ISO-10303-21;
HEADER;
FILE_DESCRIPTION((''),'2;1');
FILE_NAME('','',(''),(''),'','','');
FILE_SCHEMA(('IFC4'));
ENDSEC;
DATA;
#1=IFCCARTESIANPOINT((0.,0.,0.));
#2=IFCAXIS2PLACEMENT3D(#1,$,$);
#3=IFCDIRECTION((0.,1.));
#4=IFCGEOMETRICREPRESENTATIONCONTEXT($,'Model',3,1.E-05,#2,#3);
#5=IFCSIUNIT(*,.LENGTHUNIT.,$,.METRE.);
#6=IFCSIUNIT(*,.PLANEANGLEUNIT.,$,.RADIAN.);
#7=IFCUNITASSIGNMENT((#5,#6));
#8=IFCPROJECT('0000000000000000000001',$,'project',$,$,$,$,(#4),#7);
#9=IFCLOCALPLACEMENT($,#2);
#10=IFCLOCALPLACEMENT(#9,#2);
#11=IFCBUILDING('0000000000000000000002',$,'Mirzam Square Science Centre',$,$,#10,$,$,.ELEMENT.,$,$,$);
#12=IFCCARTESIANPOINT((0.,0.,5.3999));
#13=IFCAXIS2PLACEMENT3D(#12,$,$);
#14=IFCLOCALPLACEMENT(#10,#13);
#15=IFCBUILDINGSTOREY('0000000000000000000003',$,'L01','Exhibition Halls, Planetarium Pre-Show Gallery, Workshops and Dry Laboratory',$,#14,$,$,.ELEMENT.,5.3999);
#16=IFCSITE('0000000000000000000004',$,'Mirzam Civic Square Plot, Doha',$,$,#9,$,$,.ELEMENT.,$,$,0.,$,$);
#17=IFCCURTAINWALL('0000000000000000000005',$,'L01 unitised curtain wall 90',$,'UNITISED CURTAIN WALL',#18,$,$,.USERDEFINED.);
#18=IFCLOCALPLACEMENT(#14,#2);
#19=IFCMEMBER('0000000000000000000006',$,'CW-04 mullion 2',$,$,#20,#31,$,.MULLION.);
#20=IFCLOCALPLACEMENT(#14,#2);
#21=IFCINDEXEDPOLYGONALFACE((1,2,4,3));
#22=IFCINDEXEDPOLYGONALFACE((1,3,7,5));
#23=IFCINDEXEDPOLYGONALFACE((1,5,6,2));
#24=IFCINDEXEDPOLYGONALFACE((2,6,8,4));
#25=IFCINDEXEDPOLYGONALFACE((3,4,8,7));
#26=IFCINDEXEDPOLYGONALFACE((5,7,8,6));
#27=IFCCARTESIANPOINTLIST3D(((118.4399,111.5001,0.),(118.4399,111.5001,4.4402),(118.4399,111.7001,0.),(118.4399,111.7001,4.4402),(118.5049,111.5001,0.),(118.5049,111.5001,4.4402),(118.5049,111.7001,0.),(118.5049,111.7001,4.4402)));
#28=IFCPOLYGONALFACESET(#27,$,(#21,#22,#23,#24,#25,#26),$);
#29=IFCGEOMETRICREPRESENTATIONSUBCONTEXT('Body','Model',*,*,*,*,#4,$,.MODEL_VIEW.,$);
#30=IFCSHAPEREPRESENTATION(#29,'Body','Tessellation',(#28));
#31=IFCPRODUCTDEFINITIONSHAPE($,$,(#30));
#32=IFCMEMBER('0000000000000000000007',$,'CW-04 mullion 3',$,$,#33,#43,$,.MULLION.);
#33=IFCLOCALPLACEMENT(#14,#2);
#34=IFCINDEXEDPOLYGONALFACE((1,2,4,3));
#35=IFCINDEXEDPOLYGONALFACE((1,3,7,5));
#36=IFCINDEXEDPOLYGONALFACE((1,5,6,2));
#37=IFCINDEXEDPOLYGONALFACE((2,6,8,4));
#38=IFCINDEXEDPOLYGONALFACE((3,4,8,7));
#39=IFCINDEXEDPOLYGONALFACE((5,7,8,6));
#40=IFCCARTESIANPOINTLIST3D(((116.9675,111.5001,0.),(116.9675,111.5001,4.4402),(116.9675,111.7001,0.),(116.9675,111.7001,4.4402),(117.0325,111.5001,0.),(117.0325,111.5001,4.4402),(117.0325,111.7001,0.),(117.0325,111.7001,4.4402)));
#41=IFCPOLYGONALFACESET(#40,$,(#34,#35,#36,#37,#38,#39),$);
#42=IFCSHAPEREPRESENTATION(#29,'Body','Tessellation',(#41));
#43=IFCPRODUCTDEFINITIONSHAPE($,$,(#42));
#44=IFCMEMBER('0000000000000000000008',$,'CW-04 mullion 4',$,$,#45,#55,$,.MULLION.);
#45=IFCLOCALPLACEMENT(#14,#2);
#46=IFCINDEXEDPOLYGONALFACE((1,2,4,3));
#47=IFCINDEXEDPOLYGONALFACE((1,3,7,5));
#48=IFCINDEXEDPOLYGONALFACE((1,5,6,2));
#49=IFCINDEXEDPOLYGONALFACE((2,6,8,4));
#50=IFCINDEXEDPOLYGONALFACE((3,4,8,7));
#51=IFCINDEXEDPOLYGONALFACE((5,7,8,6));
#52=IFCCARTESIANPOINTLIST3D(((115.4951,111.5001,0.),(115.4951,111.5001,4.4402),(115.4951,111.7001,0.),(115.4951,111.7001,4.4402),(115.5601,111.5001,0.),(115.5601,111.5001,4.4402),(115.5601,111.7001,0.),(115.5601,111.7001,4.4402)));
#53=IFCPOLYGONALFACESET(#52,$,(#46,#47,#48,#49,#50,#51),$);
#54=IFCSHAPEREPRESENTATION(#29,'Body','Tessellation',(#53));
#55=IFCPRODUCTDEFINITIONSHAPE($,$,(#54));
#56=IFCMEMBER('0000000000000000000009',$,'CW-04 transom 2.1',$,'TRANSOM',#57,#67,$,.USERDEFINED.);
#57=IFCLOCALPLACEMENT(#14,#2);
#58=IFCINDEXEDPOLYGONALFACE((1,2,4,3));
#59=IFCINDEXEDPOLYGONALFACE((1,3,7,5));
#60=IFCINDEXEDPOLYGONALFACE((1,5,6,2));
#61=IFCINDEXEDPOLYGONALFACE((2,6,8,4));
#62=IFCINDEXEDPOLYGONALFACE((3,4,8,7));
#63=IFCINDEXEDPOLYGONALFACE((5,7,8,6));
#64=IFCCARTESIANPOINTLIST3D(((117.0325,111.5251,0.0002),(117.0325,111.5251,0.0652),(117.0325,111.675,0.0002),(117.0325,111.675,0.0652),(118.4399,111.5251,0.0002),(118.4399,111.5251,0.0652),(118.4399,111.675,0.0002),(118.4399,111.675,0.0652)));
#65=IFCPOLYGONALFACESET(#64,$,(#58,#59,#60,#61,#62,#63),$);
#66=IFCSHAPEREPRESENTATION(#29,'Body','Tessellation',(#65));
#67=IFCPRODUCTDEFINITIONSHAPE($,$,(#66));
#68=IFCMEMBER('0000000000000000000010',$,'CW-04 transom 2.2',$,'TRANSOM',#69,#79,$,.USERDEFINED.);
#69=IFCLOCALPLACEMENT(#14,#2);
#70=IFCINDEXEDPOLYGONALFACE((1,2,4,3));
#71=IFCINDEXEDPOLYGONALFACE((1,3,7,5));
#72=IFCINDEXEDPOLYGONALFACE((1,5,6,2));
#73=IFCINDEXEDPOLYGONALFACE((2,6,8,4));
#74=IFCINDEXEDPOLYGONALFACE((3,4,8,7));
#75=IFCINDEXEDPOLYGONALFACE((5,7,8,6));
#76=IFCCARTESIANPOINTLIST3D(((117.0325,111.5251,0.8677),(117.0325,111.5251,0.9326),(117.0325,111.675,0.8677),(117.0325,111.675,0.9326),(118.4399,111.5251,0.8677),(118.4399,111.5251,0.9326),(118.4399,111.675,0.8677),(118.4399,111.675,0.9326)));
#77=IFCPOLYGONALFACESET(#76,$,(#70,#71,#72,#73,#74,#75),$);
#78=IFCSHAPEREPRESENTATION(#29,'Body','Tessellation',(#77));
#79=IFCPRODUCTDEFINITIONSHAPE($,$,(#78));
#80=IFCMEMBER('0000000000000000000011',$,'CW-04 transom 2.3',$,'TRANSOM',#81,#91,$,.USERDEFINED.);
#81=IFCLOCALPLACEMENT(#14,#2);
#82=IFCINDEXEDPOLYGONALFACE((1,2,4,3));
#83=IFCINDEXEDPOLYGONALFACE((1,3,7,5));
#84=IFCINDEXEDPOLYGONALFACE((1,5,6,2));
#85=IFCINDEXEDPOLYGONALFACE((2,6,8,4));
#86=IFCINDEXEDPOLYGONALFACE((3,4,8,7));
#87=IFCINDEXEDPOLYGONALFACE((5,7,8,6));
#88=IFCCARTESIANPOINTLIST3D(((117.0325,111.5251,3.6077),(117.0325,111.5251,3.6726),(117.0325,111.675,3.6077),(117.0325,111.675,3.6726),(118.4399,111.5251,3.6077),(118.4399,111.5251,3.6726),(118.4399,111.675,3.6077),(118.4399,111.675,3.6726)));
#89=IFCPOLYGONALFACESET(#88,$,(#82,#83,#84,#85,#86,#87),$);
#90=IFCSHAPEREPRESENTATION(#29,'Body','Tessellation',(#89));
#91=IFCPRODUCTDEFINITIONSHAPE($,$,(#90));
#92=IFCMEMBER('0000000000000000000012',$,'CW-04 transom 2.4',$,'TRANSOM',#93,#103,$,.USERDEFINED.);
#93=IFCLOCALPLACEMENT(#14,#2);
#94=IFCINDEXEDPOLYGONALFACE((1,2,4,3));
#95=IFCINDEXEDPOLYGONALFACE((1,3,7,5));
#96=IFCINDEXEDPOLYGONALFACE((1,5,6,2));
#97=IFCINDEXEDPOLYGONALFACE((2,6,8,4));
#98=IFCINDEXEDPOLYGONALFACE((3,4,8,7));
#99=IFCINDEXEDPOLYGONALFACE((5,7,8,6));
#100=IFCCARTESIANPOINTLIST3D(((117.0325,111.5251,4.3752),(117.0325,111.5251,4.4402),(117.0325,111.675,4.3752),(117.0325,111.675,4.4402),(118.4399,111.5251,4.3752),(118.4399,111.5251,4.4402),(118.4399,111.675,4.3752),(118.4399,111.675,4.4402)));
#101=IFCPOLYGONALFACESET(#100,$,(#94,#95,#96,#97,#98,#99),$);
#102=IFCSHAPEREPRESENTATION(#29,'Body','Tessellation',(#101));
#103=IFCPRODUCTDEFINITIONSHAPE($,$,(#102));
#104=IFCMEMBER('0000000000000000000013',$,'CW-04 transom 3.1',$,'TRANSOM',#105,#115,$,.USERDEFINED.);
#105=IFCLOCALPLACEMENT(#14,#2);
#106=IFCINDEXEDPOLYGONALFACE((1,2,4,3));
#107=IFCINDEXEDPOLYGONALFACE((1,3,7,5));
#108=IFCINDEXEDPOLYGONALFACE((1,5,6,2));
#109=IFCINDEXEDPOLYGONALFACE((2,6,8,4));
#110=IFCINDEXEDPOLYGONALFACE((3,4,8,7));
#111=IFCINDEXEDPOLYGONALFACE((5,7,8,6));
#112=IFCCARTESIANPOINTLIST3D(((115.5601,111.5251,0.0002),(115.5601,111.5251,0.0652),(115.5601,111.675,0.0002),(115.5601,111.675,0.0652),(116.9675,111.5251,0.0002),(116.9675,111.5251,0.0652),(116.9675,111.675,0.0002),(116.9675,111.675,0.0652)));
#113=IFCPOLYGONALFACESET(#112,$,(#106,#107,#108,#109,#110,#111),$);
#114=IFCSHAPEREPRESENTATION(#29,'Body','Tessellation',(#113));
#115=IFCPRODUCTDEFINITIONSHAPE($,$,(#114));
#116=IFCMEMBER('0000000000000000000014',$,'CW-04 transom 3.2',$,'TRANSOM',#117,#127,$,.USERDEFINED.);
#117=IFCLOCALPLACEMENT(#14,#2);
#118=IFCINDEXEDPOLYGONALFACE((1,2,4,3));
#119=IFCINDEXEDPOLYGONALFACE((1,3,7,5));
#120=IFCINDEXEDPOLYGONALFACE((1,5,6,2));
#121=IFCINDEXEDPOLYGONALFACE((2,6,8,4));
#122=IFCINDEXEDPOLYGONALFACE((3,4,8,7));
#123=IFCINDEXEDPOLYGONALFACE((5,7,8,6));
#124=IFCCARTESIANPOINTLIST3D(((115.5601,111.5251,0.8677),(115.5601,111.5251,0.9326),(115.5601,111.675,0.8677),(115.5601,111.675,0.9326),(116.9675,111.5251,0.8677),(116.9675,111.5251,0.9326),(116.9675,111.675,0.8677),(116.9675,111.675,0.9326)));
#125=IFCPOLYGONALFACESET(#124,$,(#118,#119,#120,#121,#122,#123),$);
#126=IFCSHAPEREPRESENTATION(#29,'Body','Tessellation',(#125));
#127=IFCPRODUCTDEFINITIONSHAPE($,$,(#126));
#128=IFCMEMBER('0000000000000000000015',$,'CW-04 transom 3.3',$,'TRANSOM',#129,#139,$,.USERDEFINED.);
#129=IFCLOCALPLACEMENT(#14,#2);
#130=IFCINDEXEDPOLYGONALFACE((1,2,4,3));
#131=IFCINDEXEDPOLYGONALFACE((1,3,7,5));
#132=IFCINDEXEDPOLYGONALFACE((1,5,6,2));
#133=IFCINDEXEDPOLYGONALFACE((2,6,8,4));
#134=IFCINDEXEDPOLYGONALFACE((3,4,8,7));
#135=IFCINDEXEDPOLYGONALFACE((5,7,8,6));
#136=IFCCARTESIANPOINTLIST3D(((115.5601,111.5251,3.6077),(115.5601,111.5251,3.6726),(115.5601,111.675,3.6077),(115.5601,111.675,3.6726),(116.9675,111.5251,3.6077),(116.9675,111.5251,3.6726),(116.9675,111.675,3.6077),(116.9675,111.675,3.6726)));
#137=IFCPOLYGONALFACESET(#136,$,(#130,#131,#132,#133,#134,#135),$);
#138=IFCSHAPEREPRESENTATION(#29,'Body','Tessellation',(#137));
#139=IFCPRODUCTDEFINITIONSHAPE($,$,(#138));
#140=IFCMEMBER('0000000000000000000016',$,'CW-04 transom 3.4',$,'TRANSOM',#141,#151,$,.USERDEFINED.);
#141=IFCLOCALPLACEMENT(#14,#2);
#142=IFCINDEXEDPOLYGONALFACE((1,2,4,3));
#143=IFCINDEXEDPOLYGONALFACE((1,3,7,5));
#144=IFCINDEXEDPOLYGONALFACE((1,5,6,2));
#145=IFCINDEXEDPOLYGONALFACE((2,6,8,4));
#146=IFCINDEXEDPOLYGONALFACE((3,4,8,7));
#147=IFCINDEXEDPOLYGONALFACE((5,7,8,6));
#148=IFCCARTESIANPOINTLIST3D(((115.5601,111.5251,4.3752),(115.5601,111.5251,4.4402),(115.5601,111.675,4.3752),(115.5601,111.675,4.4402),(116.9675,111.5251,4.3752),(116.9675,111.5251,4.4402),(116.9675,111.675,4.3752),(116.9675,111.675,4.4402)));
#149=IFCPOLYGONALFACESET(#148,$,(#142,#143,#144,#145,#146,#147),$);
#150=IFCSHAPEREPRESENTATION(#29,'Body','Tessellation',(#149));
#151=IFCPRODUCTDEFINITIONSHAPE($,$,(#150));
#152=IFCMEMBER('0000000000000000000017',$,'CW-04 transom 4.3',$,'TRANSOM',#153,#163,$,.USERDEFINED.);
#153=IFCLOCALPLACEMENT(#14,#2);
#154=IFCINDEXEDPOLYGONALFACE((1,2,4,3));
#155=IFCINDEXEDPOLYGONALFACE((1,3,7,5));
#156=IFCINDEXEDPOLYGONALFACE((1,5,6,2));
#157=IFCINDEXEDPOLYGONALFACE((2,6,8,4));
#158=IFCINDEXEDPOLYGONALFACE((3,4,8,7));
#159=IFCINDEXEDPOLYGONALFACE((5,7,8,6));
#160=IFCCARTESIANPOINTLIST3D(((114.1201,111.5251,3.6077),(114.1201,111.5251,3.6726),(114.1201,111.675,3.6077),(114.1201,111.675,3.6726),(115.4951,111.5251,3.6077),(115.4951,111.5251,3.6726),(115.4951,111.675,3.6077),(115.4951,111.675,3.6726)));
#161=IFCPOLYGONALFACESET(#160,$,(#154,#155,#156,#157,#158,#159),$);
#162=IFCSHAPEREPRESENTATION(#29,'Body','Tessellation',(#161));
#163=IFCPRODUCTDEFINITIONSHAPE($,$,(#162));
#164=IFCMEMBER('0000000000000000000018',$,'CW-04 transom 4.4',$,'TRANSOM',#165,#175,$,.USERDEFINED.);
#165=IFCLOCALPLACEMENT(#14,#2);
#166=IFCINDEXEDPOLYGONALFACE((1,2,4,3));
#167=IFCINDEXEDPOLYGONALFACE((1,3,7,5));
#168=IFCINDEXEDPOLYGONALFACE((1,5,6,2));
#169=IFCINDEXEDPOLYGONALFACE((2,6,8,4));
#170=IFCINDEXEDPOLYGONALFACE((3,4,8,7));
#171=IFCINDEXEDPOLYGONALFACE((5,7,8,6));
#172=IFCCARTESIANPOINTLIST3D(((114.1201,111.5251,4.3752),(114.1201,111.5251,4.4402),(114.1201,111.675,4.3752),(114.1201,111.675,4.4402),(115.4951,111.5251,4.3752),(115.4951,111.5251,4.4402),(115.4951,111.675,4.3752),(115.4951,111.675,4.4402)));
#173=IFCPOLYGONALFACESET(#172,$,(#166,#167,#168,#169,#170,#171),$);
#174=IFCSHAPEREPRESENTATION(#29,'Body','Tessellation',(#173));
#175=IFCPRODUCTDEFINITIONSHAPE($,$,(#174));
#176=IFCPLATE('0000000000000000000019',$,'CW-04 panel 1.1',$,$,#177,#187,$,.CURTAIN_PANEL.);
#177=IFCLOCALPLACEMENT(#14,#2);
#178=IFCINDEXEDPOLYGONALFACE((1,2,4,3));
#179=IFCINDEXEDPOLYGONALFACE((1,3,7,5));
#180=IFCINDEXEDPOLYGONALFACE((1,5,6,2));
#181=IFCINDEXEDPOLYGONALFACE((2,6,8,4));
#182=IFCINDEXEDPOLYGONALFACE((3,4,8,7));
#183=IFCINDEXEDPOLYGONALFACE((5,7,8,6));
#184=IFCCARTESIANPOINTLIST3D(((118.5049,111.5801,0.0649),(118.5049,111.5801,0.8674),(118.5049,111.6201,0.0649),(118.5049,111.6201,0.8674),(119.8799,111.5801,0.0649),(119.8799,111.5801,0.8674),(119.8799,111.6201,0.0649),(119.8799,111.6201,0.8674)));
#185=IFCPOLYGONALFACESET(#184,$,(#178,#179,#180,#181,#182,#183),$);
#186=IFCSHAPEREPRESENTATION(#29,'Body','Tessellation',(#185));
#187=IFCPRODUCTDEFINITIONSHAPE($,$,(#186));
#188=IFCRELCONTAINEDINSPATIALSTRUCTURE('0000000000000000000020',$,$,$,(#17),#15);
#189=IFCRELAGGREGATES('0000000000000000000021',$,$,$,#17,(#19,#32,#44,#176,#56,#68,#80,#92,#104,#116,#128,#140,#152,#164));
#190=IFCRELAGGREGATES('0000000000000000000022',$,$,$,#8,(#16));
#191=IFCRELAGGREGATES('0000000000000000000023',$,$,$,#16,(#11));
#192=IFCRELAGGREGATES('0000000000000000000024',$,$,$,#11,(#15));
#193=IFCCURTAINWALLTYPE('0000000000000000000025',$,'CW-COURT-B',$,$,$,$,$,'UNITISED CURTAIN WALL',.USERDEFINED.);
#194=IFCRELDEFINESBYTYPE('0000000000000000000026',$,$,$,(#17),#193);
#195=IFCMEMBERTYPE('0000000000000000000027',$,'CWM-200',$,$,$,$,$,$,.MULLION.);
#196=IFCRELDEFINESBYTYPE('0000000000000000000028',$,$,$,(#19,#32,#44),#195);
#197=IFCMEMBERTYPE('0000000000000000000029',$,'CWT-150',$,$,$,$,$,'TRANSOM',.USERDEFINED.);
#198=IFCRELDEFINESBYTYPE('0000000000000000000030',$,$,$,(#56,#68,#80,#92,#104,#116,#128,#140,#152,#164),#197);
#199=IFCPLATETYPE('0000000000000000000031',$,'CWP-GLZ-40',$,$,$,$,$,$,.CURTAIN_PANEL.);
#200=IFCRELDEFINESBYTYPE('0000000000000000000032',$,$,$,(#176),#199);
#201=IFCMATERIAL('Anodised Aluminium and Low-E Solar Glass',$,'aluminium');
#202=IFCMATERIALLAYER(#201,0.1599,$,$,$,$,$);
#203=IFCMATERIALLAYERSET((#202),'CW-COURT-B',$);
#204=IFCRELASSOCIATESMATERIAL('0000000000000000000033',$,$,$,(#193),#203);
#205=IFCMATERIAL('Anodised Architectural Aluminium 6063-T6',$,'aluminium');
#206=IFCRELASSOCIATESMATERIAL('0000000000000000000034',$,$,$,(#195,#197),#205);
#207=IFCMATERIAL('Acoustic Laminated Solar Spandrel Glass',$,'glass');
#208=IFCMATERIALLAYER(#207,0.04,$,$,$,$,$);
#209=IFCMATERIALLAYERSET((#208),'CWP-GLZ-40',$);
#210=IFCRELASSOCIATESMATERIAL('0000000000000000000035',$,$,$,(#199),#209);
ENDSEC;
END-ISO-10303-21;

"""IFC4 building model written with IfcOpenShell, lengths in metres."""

from ifc_helpers import new_model, si_unit, direction, frame, origin, origin_2d, place, context, subcontext, project, spatial, rectangle, extrude, material, layer, layer_set, material_profile, profile_set, type_object, element, aggregate, save


model = new_model("IFC4")

# Units and contexts
model_context = context("Model", 3, precision=1e-05, world=origin(), true_north=direction((0.0, 1.0)))
body_context = subcontext(model_context, "Body", "Model", "MODEL_VIEW")
ifc_project = project(units=[si_unit("LENGTHUNIT", "METRE"), si_unit("PLANEANGLEUNIT", "RADIAN")], contexts=[model_context])

# Site, building, storey
site_placement = place(None, origin())
site = spatial("IfcSite", under=ifc_project, at=site_placement, Name="Mirzam Civic Square Plot, Doha", CompositionType="ELEMENT", RefElevation=0.0)
building_placement = place(site_placement, origin())
building = spatial("IfcBuilding", under=site, at=building_placement, Name="Mirzam Square Science Centre", CompositionType="ELEMENT")
storey_placement = place(building_placement, frame((0.0, 0.0, 5.3999)))
storey = spatial("IfcBuildingStorey", under=building, at=storey_placement, Name="L01", Description="Exhibition Halls, Planetarium Pre-Show Gallery, Workshops and Dry Laboratory", CompositionType="ELEMENT", Elevation=5.3999)

# Curtain wall, members, plate
ifc_material_1 = material(Name="Anodised Aluminium and Low-E Solar Glass", Category="aluminium")
ifc_layer_1 = layer(ifc_material_1, 0.1599)
ifc_layer_set_1 = layer_set([ifc_layer_1], Name="CW-COURT-B")
curtain_wall_type = type_object("IfcCurtainWallType", Name="CW-COURT-B", ElementType="UNITISED CURTAIN WALL", PredefinedType="USERDEFINED", material=ifc_layer_set_1)
curtain_wall_placement = place(storey_placement, origin())
curtain_wall = element("IfcCurtainWall", 1, at=curtain_wall_placement, inside=storey, type_object=curtain_wall_type, Name="L01 unitised curtain wall 90", ObjectType="UNITISED CURTAIN WALL", PredefinedType="USERDEFINED")
ifc_material_2 = material(Name="Anodised Architectural Aluminium 6063-T6", Category="aluminium")
ifc_material_profile_1 = material_profile(ifc_material_2, rectangle(XDim=0.0649, YDim=0.2, at=origin_2d()), Name="ALU-MULL-200x65x5")
ifc_profile_set_1 = profile_set([ifc_material_profile_1], Name="Anodised Architectural Aluminium 6063-T6")
member_type_1 = type_object("IfcMemberType", Name="CWM-200", PredefinedType="MULLION", material=ifc_profile_set_1)
member_1_placement = place(storey_placement, frame((118.4724, 111.6001, 0.0), z_axis=(0.0, 0.0, 1.0), x_axis=(-1.0, 0.0, 0.0)))
member_1 = element("IfcMember", 2, at=member_1_placement, type_object=member_type_1, Name="CW-04 mullion 2", PredefinedType="MULLION", context=body_context, shape_type="SweptSolid", body=[
    extrude(rectangle(XDim=0.0649, YDim=0.2, at=origin_2d()), origin(), (0.0, 0.0, 1.0), 4.4402),
])
member_2_placement = place(storey_placement, frame((117.0, 111.6001, 0.0), z_axis=(0.0, 0.0, 1.0), x_axis=(-1.0, 0.0, 0.0)))
member_2 = element("IfcMember", 3, at=member_2_placement, type_object=member_type_1, Name="CW-04 mullion 3", PredefinedType="MULLION", context=body_context, shape_type="SweptSolid", body=[
    extrude(rectangle(XDim=0.0649, YDim=0.2, at=origin_2d()), origin(), (0.0, 0.0, 1.0), 4.4402),
])
member_3_placement = place(storey_placement, frame((115.5276, 111.6001, 0.0), z_axis=(0.0, 0.0, 1.0), x_axis=(-1.0, 0.0, 0.0)))
member_3 = element("IfcMember", 4, at=member_3_placement, type_object=member_type_1, Name="CW-04 mullion 4", PredefinedType="MULLION", context=body_context, shape_type="SweptSolid", body=[
    extrude(rectangle(XDim=0.0649, YDim=0.2, at=origin_2d()), origin(), (0.0, 0.0, 1.0), 4.4402),
])
ifc_material_profile_2 = material_profile(ifc_material_2, rectangle(XDim=0.1499, YDim=0.0649, at=origin_2d()), Name="ALU-TRAN-150x65x4")
ifc_profile_set_2 = profile_set([ifc_material_profile_2], Name="Anodised Architectural Aluminium 6063-T6")
member_type_2 = type_object("IfcMemberType", Name="CWT-150", ElementType="TRANSOM", PredefinedType="USERDEFINED", material=ifc_profile_set_2)
member_4_placement = place(storey_placement, frame((118.4399, 111.6001, 0.0327), z_axis=(-1.0, 0.0, 0.0), x_axis=(0.0, -1.0, 0.0)))
member_4 = element("IfcMember", 5, at=member_4_placement, type_object=member_type_2, Name="CW-04 transom 2.1", ObjectType="TRANSOM", PredefinedType="USERDEFINED", context=body_context, shape_type="SweptSolid", body=[
    extrude(rectangle(XDim=0.1499, YDim=0.0649, at=origin_2d()), origin(), (0.0, 0.0, 1.0), 1.4075),
])
member_5_placement = place(storey_placement, frame((118.4399, 111.6001, 0.9001), z_axis=(-1.0, 0.0, 0.0), x_axis=(0.0, -1.0, 0.0)))
member_5 = element("IfcMember", 6, at=member_5_placement, type_object=member_type_2, Name="CW-04 transom 2.2", ObjectType="TRANSOM", PredefinedType="USERDEFINED", context=body_context, shape_type="SweptSolid", body=[
    extrude(rectangle(XDim=0.1499, YDim=0.0649, at=origin_2d()), origin(), (0.0, 0.0, 1.0), 1.4075),
])
member_6_placement = place(storey_placement, frame((118.4399, 111.6001, 3.6401), z_axis=(-1.0, 0.0, 0.0), x_axis=(0.0, -1.0, 0.0)))
member_6 = element("IfcMember", 7, at=member_6_placement, type_object=member_type_2, Name="CW-04 transom 2.3", ObjectType="TRANSOM", PredefinedType="USERDEFINED", context=body_context, shape_type="SweptSolid", body=[
    extrude(rectangle(XDim=0.1499, YDim=0.0649, at=origin_2d()), origin(), (0.0, 0.0, 1.0), 1.4075),
])
member_7_placement = place(storey_placement, frame((118.4399, 111.6001, 4.4077), z_axis=(-1.0, 0.0, 0.0), x_axis=(0.0, -1.0, 0.0)))
member_7 = element("IfcMember", 8, at=member_7_placement, type_object=member_type_2, Name="CW-04 transom 2.4", ObjectType="TRANSOM", PredefinedType="USERDEFINED", context=body_context, shape_type="SweptSolid", body=[
    extrude(rectangle(XDim=0.1499, YDim=0.0649, at=origin_2d()), origin(), (0.0, 0.0, 1.0), 1.4075),
])
member_8_placement = place(storey_placement, frame((116.9675, 111.6001, 0.0327), z_axis=(-1.0, 0.0, 0.0), x_axis=(0.0, -1.0, 0.0)))
member_8 = element("IfcMember", 9, at=member_8_placement, type_object=member_type_2, Name="CW-04 transom 3.1", ObjectType="TRANSOM", PredefinedType="USERDEFINED", context=body_context, shape_type="SweptSolid", body=[
    extrude(rectangle(XDim=0.1499, YDim=0.0649, at=origin_2d()), origin(), (0.0, 0.0, 1.0), 1.4075),
])
member_9_placement = place(storey_placement, frame((116.9675, 111.6001, 0.9001), z_axis=(-1.0, 0.0, 0.0), x_axis=(0.0, -1.0, 0.0)))
member_9 = element("IfcMember", 10, at=member_9_placement, type_object=member_type_2, Name="CW-04 transom 3.2", ObjectType="TRANSOM", PredefinedType="USERDEFINED", context=body_context, shape_type="SweptSolid", body=[
    extrude(rectangle(XDim=0.1499, YDim=0.0649, at=origin_2d()), origin(), (0.0, 0.0, 1.0), 1.4075),
])
member_10_placement = place(storey_placement, frame((116.9675, 111.6001, 3.6401), z_axis=(-1.0, 0.0, 0.0), x_axis=(0.0, -1.0, 0.0)))
member_10 = element("IfcMember", 11, at=member_10_placement, type_object=member_type_2, Name="CW-04 transom 3.3", ObjectType="TRANSOM", PredefinedType="USERDEFINED", context=body_context, shape_type="SweptSolid", body=[
    extrude(rectangle(XDim=0.1499, YDim=0.0649, at=origin_2d()), origin(), (0.0, 0.0, 1.0), 1.4075),
])
member_11_placement = place(storey_placement, frame((116.9675, 111.6001, 4.4077), z_axis=(-1.0, 0.0, 0.0), x_axis=(0.0, -1.0, 0.0)))
member_11 = element("IfcMember", 12, at=member_11_placement, type_object=member_type_2, Name="CW-04 transom 3.4", ObjectType="TRANSOM", PredefinedType="USERDEFINED", context=body_context, shape_type="SweptSolid", body=[
    extrude(rectangle(XDim=0.1499, YDim=0.0649, at=origin_2d()), origin(), (0.0, 0.0, 1.0), 1.4075),
])
member_12_placement = place(storey_placement, frame((115.4951, 111.6001, 3.6401), z_axis=(-1.0, 0.0, 0.0), x_axis=(0.0, -1.0, 0.0)))
member_12 = element("IfcMember", 13, at=member_12_placement, type_object=member_type_2, Name="CW-04 transom 4.3", ObjectType="TRANSOM", PredefinedType="USERDEFINED", context=body_context, shape_type="SweptSolid", body=[
    extrude(rectangle(XDim=0.1499, YDim=0.0649, at=origin_2d()), origin(), (0.0, 0.0, 1.0), 1.375),
])
member_13_placement = place(storey_placement, frame((115.4951, 111.6001, 4.4077), z_axis=(-1.0, 0.0, 0.0), x_axis=(0.0, -1.0, 0.0)))
member_13 = element("IfcMember", 14, at=member_13_placement, type_object=member_type_2, Name="CW-04 transom 4.4", ObjectType="TRANSOM", PredefinedType="USERDEFINED", context=body_context, shape_type="SweptSolid", body=[
    extrude(rectangle(XDim=0.1499, YDim=0.0649, at=origin_2d()), origin(), (0.0, 0.0, 1.0), 1.375),
])
ifc_material_3 = material(Name="Acoustic Laminated Solar Spandrel Glass", Category="glass")
ifc_layer_2 = layer(ifc_material_3, 0.04)
ifc_layer_set_2 = layer_set([ifc_layer_2], Name="CWP-GLZ-40")
plate_type = type_object("IfcPlateType", Name="CWP-GLZ-40", PredefinedType="CURTAIN_PANEL", material=ifc_layer_set_2)
plate_1_placement = place(storey_placement, frame((119.1924, 111.6001, 0.0649), z_axis=(0.0, 0.0, 1.0), x_axis=(-1.0, 0.0, 0.0)))
plate_1 = element("IfcPlate", 15, at=plate_1_placement, type_object=plate_type, Name="CW-04 panel 1.1", PredefinedType="CURTAIN_PANEL", context=body_context, shape_type="SweptSolid", body=[
    extrude(rectangle(XDim=1.375, YDim=0.04, at=origin_2d()), origin(), (0.0, 0.0, 1.0), 0.8025),
])
aggregate(curtain_wall, [member_1, member_2, member_3, plate_1, member_4, member_5, member_6, member_7, member_8, member_9, member_10, member_11, member_12, member_13])

save(model, "model.ifc")
